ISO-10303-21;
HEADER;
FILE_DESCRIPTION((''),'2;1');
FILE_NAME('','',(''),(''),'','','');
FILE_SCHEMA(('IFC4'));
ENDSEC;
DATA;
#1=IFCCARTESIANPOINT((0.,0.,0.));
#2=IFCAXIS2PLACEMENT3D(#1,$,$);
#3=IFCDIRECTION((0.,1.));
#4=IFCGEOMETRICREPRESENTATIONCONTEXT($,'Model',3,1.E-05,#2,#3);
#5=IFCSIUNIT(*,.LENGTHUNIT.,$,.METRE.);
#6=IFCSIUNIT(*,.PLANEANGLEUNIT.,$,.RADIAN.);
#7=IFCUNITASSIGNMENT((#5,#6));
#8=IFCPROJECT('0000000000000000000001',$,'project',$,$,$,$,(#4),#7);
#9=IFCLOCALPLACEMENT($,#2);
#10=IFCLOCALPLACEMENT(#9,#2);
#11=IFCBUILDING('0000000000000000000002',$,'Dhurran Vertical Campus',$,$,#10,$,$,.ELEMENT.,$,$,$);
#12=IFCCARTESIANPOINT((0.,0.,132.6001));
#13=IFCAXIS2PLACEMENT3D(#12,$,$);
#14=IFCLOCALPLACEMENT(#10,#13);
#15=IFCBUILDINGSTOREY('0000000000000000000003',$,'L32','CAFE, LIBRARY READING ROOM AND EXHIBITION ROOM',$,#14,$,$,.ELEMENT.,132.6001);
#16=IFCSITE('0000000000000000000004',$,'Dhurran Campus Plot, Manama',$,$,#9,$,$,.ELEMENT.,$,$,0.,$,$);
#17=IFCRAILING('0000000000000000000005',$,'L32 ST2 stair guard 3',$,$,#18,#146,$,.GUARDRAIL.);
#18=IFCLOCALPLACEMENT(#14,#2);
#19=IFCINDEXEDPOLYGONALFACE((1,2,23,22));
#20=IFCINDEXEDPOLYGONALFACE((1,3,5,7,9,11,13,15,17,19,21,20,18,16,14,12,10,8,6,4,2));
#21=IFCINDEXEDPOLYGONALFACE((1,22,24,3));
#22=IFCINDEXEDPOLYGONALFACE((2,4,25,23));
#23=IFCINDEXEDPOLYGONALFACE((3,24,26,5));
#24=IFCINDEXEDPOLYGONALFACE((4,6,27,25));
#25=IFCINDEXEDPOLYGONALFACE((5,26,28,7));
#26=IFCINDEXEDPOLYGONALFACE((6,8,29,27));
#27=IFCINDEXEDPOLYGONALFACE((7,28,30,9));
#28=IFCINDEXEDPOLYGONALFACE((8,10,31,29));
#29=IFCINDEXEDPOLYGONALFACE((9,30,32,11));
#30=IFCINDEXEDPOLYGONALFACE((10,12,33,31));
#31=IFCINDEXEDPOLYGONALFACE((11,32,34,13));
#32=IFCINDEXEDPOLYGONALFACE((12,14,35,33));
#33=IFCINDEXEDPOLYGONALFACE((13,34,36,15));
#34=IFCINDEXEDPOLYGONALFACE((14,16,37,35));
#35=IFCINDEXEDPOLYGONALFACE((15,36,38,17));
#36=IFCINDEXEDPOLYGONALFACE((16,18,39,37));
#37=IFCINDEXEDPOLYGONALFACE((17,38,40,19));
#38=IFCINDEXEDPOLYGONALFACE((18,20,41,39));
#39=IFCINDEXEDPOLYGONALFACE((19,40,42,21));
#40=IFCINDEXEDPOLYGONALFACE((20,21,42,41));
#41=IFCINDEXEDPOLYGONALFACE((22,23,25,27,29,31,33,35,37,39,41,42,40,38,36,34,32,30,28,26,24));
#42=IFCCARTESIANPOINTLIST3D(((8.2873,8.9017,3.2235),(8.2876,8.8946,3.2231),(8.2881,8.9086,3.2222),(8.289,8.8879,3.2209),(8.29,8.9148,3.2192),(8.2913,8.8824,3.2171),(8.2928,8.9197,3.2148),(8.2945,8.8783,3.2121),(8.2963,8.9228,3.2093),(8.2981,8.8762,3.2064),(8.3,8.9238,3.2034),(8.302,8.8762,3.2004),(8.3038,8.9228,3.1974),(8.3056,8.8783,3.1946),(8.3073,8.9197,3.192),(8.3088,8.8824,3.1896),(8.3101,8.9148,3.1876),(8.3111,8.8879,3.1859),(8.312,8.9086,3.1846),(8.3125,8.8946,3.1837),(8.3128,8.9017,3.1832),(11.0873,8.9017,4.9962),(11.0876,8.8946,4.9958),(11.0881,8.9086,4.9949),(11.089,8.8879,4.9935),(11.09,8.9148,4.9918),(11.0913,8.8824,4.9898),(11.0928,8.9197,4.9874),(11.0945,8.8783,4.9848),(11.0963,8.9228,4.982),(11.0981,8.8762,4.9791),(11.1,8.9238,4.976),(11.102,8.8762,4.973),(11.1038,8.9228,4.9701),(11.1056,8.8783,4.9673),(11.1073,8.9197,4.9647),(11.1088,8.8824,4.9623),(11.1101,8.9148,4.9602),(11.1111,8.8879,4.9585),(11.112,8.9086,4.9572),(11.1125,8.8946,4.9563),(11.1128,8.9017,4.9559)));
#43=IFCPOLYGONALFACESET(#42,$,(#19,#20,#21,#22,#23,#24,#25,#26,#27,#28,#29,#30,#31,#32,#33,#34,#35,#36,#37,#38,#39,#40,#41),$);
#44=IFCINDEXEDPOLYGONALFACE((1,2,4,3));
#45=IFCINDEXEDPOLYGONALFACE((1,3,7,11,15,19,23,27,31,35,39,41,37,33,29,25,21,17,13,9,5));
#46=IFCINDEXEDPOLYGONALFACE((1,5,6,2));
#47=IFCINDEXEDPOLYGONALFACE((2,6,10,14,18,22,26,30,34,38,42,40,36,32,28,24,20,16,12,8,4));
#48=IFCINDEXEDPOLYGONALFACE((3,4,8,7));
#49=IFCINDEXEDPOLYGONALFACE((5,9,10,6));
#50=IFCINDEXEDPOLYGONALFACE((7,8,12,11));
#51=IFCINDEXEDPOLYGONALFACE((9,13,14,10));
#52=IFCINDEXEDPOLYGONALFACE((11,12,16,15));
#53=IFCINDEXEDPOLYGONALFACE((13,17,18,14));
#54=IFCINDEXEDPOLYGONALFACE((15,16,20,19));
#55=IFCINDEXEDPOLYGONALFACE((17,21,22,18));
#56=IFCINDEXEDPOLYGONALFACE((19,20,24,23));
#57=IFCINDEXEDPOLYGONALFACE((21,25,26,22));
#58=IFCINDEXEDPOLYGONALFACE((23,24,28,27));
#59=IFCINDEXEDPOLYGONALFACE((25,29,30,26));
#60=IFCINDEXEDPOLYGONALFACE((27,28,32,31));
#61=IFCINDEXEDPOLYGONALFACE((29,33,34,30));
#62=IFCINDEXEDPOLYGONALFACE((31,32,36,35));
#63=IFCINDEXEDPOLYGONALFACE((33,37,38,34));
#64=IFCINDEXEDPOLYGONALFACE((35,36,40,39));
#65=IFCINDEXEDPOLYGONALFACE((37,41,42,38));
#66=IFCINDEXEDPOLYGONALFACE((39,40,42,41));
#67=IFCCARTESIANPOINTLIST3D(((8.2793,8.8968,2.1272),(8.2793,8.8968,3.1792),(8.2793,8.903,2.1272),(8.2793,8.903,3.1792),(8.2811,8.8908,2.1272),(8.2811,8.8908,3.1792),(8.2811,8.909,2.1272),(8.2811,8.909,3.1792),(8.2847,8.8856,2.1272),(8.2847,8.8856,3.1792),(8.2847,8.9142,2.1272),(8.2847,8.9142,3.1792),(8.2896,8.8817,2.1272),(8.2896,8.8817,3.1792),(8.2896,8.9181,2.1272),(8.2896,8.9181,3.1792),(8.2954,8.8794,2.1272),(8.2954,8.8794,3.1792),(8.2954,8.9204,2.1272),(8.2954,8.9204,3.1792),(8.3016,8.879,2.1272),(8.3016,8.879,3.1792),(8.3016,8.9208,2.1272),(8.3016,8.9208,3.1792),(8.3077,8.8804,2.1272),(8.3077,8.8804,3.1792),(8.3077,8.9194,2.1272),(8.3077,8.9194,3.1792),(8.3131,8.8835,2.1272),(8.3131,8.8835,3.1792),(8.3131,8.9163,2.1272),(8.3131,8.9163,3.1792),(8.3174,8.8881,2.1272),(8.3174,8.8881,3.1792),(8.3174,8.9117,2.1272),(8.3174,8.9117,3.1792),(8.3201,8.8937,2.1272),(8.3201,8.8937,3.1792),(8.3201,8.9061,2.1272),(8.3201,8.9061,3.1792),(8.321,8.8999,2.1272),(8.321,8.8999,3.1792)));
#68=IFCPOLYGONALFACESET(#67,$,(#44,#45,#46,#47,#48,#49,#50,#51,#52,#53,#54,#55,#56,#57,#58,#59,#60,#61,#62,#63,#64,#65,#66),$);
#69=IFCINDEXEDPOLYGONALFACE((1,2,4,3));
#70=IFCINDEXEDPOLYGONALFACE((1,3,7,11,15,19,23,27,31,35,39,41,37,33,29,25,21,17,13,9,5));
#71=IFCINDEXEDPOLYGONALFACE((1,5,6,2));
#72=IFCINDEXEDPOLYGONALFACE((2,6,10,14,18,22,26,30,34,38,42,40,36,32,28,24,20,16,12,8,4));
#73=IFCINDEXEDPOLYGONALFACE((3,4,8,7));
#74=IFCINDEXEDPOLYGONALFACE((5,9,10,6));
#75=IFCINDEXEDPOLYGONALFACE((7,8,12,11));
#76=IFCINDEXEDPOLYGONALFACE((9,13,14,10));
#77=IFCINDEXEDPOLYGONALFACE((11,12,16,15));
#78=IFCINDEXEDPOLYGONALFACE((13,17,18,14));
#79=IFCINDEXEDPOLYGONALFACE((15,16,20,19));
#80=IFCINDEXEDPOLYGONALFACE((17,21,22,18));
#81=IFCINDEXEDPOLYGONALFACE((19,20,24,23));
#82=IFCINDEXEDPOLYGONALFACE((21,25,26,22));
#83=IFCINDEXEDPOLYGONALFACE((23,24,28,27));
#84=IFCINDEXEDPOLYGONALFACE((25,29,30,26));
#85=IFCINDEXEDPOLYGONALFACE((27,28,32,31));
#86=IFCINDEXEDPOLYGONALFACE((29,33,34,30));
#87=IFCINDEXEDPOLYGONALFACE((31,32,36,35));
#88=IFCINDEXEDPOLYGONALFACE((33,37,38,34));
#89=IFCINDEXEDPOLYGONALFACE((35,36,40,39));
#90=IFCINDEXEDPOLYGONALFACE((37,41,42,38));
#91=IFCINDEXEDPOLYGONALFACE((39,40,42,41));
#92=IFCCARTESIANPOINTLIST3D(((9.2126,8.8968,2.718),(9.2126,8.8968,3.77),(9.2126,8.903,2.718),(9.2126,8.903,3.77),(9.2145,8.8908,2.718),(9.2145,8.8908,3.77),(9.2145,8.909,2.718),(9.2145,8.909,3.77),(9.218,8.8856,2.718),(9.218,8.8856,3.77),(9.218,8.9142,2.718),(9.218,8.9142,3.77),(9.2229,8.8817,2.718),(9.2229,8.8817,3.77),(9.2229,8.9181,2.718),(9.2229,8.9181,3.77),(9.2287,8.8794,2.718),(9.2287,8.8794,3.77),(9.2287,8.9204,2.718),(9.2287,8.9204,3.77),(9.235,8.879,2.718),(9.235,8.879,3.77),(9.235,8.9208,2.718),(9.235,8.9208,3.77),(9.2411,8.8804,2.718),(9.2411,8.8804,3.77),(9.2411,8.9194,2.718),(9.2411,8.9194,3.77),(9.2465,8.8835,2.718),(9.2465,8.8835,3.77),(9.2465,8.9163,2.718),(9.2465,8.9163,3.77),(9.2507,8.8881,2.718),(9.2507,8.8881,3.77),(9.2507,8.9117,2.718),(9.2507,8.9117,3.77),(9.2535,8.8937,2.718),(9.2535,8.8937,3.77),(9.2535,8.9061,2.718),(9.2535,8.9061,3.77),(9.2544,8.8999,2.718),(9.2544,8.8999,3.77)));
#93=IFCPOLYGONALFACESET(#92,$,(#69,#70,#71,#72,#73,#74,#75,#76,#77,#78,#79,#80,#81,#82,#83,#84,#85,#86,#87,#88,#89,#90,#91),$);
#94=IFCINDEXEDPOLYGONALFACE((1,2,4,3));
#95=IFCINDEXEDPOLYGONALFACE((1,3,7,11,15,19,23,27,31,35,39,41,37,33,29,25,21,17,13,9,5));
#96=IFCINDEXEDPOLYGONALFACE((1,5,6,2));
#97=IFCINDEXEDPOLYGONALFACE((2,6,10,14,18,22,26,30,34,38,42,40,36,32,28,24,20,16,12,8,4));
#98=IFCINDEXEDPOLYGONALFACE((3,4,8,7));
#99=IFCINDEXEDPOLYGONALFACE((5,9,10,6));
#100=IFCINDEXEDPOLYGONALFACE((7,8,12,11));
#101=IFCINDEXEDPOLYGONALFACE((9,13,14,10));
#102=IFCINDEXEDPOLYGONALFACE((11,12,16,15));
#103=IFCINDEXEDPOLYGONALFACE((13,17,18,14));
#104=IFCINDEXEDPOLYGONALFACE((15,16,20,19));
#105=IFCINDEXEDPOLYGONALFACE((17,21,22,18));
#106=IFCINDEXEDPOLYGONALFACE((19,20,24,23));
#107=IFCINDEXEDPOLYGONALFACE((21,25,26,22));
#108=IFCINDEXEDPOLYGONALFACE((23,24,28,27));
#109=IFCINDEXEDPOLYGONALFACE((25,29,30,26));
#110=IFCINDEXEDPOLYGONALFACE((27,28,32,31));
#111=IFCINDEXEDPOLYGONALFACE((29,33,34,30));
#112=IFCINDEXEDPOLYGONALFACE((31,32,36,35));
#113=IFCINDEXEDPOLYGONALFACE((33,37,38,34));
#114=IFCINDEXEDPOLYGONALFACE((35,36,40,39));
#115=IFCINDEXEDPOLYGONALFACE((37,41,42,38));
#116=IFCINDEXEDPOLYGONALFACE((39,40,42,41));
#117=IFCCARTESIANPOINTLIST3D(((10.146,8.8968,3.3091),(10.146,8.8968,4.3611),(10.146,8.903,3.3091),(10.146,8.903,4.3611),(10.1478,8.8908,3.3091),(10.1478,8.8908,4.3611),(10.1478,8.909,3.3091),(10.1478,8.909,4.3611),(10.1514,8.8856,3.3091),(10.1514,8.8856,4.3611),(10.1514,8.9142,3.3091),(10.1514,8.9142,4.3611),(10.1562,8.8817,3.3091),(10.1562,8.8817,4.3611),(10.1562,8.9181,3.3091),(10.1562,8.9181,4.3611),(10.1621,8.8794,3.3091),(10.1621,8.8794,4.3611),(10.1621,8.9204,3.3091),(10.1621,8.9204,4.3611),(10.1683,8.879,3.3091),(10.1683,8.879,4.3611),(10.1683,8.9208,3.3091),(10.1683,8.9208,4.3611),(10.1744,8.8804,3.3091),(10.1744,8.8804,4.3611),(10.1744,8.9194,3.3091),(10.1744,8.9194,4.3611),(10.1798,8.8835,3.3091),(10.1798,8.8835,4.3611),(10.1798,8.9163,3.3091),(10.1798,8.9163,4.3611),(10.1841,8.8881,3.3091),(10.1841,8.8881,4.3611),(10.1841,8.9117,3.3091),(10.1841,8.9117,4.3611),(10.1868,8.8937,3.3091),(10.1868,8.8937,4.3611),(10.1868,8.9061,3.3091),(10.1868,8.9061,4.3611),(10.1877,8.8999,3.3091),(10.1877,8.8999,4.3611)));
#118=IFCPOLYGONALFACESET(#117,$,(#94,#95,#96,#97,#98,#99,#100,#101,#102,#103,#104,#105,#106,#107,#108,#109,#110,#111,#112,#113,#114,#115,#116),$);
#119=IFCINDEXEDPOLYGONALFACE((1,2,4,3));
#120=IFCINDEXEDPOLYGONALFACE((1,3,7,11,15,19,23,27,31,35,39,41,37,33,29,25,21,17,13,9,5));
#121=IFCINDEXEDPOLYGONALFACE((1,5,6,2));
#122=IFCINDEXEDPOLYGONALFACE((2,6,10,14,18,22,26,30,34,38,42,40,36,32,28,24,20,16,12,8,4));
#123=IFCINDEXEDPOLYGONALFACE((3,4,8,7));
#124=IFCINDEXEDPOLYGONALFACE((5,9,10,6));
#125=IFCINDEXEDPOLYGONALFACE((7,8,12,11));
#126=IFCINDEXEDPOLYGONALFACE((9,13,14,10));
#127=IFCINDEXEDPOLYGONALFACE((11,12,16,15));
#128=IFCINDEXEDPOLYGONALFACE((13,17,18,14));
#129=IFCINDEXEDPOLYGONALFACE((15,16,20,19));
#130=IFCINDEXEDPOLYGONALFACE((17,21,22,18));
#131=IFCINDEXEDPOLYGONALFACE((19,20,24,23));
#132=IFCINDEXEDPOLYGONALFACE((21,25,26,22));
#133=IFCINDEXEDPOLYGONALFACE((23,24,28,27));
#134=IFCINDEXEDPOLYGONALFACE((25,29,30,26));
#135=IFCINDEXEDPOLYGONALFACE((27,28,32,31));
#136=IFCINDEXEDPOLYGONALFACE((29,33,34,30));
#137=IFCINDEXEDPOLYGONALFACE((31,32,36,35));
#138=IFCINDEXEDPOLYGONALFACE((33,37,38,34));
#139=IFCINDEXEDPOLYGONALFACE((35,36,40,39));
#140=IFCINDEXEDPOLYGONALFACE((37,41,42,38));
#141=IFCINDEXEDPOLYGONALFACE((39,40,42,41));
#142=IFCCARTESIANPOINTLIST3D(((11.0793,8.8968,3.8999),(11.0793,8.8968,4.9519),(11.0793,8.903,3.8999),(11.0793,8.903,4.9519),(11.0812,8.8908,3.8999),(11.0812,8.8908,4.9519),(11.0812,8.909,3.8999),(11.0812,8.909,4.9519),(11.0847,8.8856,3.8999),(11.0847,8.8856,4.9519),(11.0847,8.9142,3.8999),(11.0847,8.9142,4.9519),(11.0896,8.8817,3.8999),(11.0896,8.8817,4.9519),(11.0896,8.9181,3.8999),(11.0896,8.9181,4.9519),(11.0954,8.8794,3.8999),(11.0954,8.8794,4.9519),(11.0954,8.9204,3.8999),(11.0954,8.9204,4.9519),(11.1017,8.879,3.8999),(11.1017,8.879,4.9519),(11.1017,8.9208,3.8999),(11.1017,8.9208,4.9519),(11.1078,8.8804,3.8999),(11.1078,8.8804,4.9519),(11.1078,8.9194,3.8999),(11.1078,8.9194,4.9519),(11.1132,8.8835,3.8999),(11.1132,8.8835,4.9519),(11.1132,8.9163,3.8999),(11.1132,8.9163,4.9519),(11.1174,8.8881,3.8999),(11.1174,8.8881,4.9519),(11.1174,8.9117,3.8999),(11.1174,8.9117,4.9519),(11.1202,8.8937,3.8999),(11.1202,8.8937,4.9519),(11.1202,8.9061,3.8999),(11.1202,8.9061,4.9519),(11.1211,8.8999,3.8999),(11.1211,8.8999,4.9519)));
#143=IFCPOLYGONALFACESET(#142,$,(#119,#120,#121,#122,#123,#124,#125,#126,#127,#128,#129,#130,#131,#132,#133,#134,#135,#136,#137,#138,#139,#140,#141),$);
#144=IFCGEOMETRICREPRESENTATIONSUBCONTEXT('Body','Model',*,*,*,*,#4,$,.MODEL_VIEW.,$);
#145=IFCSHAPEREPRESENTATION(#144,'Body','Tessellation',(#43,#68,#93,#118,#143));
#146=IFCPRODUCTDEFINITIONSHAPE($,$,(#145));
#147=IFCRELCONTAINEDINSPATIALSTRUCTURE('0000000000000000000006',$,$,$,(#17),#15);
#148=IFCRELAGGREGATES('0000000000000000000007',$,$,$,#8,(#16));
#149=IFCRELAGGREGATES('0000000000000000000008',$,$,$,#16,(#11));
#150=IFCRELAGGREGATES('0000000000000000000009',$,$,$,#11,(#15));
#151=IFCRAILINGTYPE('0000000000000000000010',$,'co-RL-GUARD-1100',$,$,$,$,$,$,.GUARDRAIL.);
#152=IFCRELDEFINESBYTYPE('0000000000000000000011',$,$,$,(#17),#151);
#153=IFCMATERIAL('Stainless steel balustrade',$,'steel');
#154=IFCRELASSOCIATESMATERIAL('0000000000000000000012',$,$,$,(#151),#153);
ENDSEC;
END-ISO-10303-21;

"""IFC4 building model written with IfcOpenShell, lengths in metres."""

from ifc_helpers import new_model, si_unit, direction, frame, origin, origin_2d, place, context, subcontext, project, spatial, circle, extrude, material, type_object, element, save


model = new_model("IFC4")

# Units and contexts
model_context = context("Model", 3, precision=1e-05, world=origin(), true_north=direction((0.0, 1.0)))
body_context = subcontext(model_context, "Body", "Model", "MODEL_VIEW")
ifc_project = project(units=[si_unit("LENGTHUNIT", "METRE"), si_unit("PLANEANGLEUNIT", "RADIAN")], contexts=[model_context])

# Site, building, storey
site_placement = place(None, origin())
site = spatial("IfcSite", under=ifc_project, at=site_placement, Name="Dhurran Campus Plot, Manama", CompositionType="ELEMENT", RefElevation=0.0)
building_placement = place(site_placement, origin())
building = spatial("IfcBuilding", under=site, at=building_placement, Name="Dhurran Vertical Campus", CompositionType="ELEMENT")
storey_placement = place(building_placement, frame((0.0, 0.0, 132.6001)))
storey = spatial("IfcBuildingStorey", under=building, at=storey_placement, Name="L32", Description="CAFE, LIBRARY READING ROOM AND EXHIBITION ROOM", CompositionType="ELEMENT", Elevation=132.6001)

# Railing
ifc_material_1 = material(Name="Stainless steel balustrade", Category="steel")
railing_type_1 = type_object("IfcRailingType", Name="co-RL-GUARD-1100", PredefinedType="GUARDRAIL", material=ifc_material_1)
railing_1_placement = place(storey_placement, frame((8.3, 8.8999, 2.1272)))
element("IfcRailing", 1, at=railing_1_placement, inside=storey, type_object=railing_type_1, Name="L32 ST2 stair guard 3", PredefinedType="GUARDRAIL", context=body_context, shape_type="SweptSolid", body=[
    extrude(circle(Radius=0.0239, at=origin_2d()), frame((0.0, 0.0, 1.0762), z_axis=(0.844909, 0.0, 0.53491), x_axis=(0.0, 1.0, 0.0)), (0.0, 0.0, 1.0), 3.314),
    extrude(circle(Radius=0.021, at=origin_2d()), origin(), (0.0, 0.0, 1.0), 1.052),
    extrude(circle(Radius=0.021, at=origin_2d()), frame((0.9333, 0.0, 0.5908)), (0.0, 0.0, 1.0), 1.052),
    extrude(circle(Radius=0.021, at=origin_2d()), frame((1.8667, 0.0, 1.1819)), (0.0, 0.0, 1.0), 1.052),
    extrude(circle(Radius=0.021, at=origin_2d()), frame((2.8, 0.0, 1.7727)), (0.0, 0.0, 1.0), 1.052),
])

save(model, "model.ifc")
